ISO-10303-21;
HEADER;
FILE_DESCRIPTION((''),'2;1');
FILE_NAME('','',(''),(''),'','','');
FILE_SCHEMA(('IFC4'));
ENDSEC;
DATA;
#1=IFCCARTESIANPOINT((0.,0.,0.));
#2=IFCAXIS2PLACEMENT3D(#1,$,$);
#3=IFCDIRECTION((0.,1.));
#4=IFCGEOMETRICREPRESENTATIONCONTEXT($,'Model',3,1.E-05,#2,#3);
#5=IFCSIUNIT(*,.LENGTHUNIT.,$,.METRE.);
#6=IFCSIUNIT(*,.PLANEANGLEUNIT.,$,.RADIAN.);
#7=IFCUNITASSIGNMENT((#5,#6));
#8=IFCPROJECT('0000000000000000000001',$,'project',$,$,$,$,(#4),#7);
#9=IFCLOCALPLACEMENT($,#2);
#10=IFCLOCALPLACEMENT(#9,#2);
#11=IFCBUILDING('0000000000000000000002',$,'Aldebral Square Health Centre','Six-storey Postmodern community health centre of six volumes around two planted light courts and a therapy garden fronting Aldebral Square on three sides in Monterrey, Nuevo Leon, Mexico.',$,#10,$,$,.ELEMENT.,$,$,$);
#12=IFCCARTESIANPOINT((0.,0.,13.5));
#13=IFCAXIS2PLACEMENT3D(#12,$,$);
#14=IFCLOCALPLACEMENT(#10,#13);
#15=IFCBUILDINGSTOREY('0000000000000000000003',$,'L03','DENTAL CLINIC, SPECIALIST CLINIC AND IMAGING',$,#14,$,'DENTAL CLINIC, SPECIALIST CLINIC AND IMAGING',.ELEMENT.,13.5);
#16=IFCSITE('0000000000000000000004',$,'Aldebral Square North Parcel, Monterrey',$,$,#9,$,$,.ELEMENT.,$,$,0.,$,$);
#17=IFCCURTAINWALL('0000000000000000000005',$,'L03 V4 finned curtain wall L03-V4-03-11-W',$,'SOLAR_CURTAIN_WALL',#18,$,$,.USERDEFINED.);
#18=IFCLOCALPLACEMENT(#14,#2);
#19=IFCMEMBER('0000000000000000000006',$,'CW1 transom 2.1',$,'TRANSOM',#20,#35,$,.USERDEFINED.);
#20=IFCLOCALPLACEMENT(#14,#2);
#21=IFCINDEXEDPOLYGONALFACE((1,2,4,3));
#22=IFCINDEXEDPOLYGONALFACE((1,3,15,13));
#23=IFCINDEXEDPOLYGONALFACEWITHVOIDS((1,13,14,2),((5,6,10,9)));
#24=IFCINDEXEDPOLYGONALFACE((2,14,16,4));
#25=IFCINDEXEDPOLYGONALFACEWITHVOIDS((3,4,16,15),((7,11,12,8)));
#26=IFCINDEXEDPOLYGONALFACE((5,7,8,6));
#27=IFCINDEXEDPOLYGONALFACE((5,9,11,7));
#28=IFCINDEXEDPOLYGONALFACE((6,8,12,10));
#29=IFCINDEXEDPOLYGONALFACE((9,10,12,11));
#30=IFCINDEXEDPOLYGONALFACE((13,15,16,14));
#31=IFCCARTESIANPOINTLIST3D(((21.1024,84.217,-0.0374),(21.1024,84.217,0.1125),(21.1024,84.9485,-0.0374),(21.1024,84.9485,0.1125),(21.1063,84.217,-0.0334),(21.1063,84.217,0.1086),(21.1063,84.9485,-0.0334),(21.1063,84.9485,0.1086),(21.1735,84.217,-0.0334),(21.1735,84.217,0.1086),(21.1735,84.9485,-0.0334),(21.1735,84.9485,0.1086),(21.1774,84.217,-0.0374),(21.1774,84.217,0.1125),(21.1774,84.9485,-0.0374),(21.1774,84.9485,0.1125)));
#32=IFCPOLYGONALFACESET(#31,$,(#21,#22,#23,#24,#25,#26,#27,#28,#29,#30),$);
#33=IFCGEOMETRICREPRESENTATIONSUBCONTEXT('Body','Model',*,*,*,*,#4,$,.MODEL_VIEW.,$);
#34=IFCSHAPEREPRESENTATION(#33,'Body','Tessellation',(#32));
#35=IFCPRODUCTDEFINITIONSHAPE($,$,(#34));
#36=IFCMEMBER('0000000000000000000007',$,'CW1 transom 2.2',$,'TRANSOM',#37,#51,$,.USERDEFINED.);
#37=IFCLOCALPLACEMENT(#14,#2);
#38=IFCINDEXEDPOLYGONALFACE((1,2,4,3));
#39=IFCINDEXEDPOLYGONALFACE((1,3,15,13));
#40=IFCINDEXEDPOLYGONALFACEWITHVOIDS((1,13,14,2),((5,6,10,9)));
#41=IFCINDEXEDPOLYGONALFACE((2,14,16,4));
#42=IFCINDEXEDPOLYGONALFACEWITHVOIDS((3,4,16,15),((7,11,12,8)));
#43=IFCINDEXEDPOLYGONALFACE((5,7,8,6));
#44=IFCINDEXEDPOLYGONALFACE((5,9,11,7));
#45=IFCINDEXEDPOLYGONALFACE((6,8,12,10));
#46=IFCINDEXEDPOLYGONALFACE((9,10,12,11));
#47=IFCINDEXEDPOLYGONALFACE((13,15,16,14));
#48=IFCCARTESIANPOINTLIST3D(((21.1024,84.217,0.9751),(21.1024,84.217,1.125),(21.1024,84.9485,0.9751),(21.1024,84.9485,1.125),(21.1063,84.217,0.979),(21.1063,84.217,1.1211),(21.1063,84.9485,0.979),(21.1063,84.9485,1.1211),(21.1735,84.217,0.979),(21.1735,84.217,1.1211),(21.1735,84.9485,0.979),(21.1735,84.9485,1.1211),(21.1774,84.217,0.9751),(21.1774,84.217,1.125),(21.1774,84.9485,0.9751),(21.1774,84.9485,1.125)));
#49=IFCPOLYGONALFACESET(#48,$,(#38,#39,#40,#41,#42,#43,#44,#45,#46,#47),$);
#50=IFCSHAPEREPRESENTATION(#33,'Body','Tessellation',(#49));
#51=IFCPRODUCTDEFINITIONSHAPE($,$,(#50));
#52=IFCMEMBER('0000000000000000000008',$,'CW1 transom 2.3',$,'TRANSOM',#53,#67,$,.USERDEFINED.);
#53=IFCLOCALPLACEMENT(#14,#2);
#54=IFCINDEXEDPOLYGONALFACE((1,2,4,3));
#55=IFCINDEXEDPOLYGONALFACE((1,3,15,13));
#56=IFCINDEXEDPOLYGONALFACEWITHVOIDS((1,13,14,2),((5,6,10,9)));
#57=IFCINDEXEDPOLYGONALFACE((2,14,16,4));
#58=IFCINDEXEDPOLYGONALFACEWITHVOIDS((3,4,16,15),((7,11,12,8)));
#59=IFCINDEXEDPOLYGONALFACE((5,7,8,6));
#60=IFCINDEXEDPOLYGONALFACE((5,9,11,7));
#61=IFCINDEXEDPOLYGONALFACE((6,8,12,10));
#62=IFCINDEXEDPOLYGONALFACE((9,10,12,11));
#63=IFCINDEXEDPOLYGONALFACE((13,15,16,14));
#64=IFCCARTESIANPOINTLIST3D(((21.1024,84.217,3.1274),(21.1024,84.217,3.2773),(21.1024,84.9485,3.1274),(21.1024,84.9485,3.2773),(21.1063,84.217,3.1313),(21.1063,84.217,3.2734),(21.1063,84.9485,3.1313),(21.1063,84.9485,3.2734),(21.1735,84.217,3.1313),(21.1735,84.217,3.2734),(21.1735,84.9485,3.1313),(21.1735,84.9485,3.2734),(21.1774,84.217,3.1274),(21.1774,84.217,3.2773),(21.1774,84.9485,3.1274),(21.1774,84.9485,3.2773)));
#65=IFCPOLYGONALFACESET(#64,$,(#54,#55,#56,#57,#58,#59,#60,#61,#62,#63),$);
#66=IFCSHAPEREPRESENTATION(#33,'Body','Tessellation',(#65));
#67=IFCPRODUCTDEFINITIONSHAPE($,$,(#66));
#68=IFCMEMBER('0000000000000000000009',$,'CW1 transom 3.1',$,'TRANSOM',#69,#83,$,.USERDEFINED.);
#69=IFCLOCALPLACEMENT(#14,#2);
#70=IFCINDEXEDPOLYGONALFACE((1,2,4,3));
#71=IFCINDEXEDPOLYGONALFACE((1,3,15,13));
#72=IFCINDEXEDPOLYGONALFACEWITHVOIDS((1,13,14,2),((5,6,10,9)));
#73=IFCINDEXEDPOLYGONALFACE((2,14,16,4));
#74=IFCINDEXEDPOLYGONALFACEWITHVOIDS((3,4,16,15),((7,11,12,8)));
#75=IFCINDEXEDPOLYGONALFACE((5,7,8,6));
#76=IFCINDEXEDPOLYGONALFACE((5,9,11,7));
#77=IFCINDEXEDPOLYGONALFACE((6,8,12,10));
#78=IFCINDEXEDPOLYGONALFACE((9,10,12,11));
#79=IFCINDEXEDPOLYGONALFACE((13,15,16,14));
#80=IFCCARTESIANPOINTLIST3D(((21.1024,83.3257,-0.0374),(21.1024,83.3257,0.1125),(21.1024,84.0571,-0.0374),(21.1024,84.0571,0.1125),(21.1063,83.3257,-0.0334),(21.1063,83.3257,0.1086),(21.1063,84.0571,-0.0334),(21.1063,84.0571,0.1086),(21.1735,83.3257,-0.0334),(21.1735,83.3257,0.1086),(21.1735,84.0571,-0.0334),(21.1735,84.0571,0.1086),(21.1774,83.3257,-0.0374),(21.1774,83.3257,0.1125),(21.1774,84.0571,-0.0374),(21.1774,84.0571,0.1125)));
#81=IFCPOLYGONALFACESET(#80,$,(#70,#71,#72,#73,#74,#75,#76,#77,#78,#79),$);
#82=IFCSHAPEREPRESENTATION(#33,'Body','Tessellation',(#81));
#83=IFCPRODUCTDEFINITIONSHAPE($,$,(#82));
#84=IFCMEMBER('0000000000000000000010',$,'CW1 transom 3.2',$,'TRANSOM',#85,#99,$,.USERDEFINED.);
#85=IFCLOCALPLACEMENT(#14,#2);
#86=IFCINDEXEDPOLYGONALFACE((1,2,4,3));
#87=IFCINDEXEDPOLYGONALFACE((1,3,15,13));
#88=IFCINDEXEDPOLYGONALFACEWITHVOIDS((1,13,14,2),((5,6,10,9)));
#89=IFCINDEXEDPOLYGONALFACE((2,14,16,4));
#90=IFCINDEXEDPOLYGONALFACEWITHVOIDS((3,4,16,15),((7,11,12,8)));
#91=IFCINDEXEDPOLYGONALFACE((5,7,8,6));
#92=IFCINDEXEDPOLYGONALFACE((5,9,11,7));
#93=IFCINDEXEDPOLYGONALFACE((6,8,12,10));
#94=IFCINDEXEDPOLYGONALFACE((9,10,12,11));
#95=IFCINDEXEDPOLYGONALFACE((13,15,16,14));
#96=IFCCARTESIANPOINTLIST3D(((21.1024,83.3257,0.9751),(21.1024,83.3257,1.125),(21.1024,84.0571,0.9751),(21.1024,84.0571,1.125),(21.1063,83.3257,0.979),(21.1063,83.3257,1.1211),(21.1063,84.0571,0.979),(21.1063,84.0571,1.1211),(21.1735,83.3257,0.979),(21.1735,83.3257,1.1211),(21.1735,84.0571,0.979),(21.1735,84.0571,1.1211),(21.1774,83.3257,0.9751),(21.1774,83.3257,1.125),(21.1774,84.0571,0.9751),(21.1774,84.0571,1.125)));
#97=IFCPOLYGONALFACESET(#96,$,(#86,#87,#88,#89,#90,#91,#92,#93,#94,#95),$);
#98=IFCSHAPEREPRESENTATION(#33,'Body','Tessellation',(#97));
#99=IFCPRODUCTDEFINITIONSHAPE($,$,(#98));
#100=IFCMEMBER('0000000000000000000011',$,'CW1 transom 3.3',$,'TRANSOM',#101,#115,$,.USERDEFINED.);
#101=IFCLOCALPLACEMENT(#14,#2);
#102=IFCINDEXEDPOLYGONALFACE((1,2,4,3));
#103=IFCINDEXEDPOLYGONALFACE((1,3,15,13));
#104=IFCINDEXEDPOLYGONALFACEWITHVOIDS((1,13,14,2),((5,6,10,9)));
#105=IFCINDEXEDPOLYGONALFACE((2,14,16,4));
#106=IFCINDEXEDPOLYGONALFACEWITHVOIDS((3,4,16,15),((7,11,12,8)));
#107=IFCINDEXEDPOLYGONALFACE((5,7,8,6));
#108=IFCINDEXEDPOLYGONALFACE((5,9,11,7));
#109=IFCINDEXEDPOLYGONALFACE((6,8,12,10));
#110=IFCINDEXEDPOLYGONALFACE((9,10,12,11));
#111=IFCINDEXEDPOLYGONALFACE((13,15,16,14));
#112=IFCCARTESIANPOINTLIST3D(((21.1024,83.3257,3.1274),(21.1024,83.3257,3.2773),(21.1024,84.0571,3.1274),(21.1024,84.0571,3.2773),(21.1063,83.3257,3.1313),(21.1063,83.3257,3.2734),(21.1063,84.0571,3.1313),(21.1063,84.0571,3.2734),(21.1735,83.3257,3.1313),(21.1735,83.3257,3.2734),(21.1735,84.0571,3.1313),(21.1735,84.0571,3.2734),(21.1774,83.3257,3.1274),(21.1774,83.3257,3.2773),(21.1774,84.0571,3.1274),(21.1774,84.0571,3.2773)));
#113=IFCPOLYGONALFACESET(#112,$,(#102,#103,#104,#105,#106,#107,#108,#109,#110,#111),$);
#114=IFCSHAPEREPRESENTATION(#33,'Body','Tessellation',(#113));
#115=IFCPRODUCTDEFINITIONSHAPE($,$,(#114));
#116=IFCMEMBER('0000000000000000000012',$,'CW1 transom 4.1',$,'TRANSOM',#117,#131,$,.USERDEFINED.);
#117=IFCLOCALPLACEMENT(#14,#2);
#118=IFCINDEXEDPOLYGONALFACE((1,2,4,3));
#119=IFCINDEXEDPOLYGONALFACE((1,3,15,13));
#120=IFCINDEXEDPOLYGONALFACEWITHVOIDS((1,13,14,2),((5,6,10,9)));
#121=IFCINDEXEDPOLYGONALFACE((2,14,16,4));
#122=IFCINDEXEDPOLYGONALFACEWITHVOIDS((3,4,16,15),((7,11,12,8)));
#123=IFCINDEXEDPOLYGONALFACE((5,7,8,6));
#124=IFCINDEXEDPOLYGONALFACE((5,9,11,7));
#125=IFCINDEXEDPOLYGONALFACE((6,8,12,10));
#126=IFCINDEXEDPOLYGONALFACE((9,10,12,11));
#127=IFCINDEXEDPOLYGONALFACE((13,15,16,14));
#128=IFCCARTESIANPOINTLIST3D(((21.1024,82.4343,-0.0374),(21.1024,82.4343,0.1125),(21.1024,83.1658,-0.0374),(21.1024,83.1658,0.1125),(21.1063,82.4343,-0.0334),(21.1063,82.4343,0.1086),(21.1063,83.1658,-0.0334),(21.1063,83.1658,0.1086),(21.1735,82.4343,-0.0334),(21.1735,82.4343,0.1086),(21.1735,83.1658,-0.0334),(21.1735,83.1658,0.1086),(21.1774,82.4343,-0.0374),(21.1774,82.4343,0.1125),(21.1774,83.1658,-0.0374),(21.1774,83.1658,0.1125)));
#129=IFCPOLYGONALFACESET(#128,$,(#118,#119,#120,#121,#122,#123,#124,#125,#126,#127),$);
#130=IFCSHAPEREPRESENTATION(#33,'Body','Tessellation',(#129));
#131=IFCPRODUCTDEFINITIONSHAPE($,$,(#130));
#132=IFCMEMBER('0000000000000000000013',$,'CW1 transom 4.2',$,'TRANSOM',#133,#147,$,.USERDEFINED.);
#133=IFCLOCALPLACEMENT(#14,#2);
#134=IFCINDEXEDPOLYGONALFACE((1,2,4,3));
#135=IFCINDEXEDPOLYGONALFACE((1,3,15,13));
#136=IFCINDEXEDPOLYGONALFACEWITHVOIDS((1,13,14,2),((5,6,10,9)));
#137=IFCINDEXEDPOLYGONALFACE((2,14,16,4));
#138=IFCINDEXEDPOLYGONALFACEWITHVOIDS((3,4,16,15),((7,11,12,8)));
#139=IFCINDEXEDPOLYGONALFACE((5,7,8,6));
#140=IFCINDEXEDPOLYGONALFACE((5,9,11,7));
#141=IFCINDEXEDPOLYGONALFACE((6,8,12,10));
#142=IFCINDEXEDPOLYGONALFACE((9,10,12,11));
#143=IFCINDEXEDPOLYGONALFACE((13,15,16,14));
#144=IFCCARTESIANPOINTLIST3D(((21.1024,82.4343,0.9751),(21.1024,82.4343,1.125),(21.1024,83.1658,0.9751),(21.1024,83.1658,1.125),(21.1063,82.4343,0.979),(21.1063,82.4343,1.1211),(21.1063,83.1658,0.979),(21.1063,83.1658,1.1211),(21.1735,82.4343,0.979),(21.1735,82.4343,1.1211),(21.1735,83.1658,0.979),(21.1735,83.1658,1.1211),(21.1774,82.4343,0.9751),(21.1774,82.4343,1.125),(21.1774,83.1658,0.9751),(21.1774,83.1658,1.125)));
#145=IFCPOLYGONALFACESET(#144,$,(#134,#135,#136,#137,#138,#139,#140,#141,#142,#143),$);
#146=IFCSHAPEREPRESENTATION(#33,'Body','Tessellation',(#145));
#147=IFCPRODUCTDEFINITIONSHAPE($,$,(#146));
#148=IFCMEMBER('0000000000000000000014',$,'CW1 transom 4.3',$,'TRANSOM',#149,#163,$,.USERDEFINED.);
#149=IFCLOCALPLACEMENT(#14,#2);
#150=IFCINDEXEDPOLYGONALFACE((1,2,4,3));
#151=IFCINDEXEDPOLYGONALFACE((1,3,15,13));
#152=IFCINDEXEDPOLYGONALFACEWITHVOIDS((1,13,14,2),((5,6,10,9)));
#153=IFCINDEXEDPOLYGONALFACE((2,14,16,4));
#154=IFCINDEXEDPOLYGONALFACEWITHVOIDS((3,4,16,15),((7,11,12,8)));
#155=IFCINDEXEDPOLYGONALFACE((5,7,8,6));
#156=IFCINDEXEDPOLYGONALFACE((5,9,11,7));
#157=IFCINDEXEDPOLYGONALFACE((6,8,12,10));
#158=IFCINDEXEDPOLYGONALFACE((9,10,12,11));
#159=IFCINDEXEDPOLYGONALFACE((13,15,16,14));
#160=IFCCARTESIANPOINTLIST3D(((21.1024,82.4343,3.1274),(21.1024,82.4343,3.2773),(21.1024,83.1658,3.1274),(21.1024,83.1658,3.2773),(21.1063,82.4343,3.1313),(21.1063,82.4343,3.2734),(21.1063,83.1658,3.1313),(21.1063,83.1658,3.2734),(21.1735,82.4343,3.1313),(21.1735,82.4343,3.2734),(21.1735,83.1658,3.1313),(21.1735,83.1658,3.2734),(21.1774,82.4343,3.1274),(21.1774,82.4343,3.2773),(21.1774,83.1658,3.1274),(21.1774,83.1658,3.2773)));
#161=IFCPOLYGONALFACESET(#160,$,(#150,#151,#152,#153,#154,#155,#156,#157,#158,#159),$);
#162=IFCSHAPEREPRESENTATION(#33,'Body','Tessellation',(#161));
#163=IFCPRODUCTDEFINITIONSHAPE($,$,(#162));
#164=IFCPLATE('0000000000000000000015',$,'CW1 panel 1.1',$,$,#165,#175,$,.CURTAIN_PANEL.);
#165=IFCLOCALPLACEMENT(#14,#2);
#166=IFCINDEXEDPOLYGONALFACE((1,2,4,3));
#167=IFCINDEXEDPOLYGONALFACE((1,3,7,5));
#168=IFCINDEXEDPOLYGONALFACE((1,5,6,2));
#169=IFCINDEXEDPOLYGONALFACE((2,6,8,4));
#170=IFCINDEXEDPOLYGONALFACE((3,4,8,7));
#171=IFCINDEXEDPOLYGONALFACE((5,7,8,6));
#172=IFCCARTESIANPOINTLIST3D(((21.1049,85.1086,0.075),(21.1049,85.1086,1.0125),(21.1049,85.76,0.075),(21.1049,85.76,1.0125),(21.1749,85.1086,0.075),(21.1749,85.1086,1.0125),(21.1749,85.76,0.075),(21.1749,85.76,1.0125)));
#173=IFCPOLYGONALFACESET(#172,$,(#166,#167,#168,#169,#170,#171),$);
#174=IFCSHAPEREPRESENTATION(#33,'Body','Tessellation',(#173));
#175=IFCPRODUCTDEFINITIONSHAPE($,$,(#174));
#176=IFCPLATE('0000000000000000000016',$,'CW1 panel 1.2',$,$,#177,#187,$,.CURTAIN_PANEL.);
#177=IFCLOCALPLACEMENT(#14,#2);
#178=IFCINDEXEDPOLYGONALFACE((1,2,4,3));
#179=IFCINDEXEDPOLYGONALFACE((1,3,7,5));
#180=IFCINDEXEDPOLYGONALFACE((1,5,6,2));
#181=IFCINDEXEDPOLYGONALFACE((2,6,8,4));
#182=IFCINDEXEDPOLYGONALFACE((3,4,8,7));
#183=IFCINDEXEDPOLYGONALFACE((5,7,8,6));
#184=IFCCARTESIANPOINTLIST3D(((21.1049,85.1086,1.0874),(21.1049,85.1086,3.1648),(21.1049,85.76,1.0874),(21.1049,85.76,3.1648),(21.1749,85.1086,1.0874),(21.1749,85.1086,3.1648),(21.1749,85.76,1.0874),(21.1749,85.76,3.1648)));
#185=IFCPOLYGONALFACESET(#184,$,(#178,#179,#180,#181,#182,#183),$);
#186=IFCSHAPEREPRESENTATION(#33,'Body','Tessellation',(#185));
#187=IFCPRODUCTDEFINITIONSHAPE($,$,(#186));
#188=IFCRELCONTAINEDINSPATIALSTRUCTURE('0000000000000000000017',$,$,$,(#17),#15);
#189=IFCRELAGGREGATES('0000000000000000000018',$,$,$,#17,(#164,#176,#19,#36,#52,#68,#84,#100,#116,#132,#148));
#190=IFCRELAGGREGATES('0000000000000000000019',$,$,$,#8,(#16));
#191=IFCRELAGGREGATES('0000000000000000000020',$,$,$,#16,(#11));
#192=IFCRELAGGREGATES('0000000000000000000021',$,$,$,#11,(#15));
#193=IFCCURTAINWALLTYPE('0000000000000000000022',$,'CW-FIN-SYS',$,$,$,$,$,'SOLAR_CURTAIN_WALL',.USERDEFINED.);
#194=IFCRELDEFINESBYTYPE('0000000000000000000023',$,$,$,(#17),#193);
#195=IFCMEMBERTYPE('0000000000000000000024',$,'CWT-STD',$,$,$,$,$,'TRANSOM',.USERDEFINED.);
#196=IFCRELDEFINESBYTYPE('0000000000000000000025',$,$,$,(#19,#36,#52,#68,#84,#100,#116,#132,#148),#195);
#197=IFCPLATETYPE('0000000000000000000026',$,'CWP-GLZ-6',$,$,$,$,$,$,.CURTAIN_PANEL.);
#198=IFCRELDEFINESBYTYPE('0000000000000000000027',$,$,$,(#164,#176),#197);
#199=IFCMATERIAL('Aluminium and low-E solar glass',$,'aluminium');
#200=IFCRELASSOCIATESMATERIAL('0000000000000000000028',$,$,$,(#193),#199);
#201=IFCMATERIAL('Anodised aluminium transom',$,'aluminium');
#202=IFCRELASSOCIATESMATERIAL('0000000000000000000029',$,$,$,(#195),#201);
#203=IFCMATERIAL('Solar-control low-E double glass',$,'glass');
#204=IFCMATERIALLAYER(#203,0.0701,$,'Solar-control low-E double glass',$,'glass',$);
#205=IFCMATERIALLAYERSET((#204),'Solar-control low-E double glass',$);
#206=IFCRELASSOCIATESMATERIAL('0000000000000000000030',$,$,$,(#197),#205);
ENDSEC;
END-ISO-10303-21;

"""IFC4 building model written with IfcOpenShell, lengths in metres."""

from ifc_helpers import new_model, si_unit, direction, frame, origin, origin_2d, place, context, subcontext, project, spatial, rectangle, hollow_rectangle, extrude, material, layer, layer_set, material_profile, profile_set, type_object, element, aggregate, save


model = new_model("IFC4")

# Units and contexts
model_context = context("Model", 3, precision=1e-05, world=origin(), true_north=direction((0.0, 1.0)))
body_context = subcontext(model_context, "Body", "Model", "MODEL_VIEW")
ifc_project = project(units=[si_unit("LENGTHUNIT", "METRE"), si_unit("PLANEANGLEUNIT", "RADIAN")], contexts=[model_context])

# Site, building, storey
site_placement = place(None, origin())
site = spatial("IfcSite", under=ifc_project, at=site_placement, Name="Aldebral Square North Parcel, Monterrey", CompositionType="ELEMENT", RefElevation=0.0)
building_placement = place(site_placement, origin())
building = spatial("IfcBuilding", under=site, at=building_placement, Name="Aldebral Square Health Centre", Description="Six-storey Postmodern community health centre of six volumes around two planted light courts and a therapy garden fronting Aldebral Square on three sides in Monterrey, Nuevo Leon, Mexico.", CompositionType="ELEMENT")
storey_placement = place(building_placement, frame((0.0, 0.0, 13.5)))
storey = spatial("IfcBuildingStorey", under=building, at=storey_placement, Name="L03", Description="DENTAL CLINIC, SPECIALIST CLINIC AND IMAGING", LongName="DENTAL CLINIC, SPECIALIST CLINIC AND IMAGING", CompositionType="ELEMENT", Elevation=13.5)

# Curtain wall
ifc_material_1 = material(Name="Aluminium and low-E solar glass", Category="aluminium")
curtain_wall_type = type_object("IfcCurtainWallType", Name="CW-FIN-SYS", ElementType="SOLAR_CURTAIN_WALL", PredefinedType="USERDEFINED", material=ifc_material_1)
curtain_wall_1_placement = place(storey_placement, origin())
curtain_wall_1 = element("IfcCurtainWall", 1, at=curtain_wall_1_placement, inside=storey, type_object=curtain_wall_type, Name="L03 V4 finned curtain wall L03-V4-03-11-W", ObjectType="SOLAR_CURTAIN_WALL", PredefinedType="USERDEFINED")

# Members
ifc_material_2 = material(Name="Anodised aluminium transom", Category="aluminium")
ifc_material_profile_1 = material_profile(ifc_material_2, hollow_rectangle(XDim=0.075, YDim=0.1499, WallThickness=0.0039, at=origin_2d()), Name="CWT 75x150x4")
ifc_profile_set_1 = profile_set([ifc_material_profile_1], Name="Anodised aluminium transom")
member_type_1 = type_object("IfcMemberType", Name="CWT-STD", ElementType="TRANSOM", PredefinedType="USERDEFINED", material=ifc_profile_set_1)
member_1_placement = place(storey_placement, frame((21.1399, 84.9485, 0.0376), z_axis=(0.0, -1.0, 0.0), x_axis=(1.0, 0.0, 0.0)))
member_1 = element("IfcMember", 2, at=member_1_placement, type_object=member_type_1, Name="CW1 transom 2.1", ObjectType="TRANSOM", PredefinedType="USERDEFINED", context=body_context, shape_type="SweptSolid", body=[
    extrude(hollow_rectangle(XDim=0.075, YDim=0.1499, WallThickness=0.0039, at=origin_2d()), origin(), (0.0, 0.0, 1.0), 0.7314),
])
member_2_placement = place(storey_placement, frame((21.1399, 84.9485, 1.05), z_axis=(0.0, -1.0, 0.0), x_axis=(1.0, 0.0, 0.0)))
member_2 = element("IfcMember", 3, at=member_2_placement, type_object=member_type_1, Name="CW1 transom 2.2", ObjectType="TRANSOM", PredefinedType="USERDEFINED", context=body_context, shape_type="SweptSolid", body=[
    extrude(hollow_rectangle(XDim=0.075, YDim=0.1499, WallThickness=0.0039, at=origin_2d()), origin(), (0.0, 0.0, 1.0), 0.7314),
])
member_3_placement = place(storey_placement, frame((21.1399, 84.9485, 3.2024), z_axis=(0.0, -1.0, 0.0), x_axis=(1.0, 0.0, 0.0)))
member_3 = element("IfcMember", 4, at=member_3_placement, type_object=member_type_1, Name="CW1 transom 2.3", ObjectType="TRANSOM", PredefinedType="USERDEFINED", context=body_context, shape_type="SweptSolid", body=[
    extrude(hollow_rectangle(XDim=0.075, YDim=0.1499, WallThickness=0.0039, at=origin_2d()), origin(), (0.0, 0.0, 1.0), 0.7314),
])
member_4_placement = place(storey_placement, frame((21.1399, 84.0571, 0.0376), z_axis=(0.0, -1.0, 0.0), x_axis=(1.0, 0.0, 0.0)))
member_4 = element("IfcMember", 5, at=member_4_placement, type_object=member_type_1, Name="CW1 transom 3.1", ObjectType="TRANSOM", PredefinedType="USERDEFINED", context=body_context, shape_type="SweptSolid", body=[
    extrude(hollow_rectangle(XDim=0.075, YDim=0.1499, WallThickness=0.0039, at=origin_2d()), origin(), (0.0, 0.0, 1.0), 0.7314),
])
member_5_placement = place(storey_placement, frame((21.1399, 84.0571, 1.05), z_axis=(0.0, -1.0, 0.0), x_axis=(1.0, 0.0, 0.0)))
member_5 = element("IfcMember", 6, at=member_5_placement, type_object=member_type_1, Name="CW1 transom 3.2", ObjectType="TRANSOM", PredefinedType="USERDEFINED", context=body_context, shape_type="SweptSolid", body=[
    extrude(hollow_rectangle(XDim=0.075, YDim=0.1499, WallThickness=0.0039, at=origin_2d()), origin(), (0.0, 0.0, 1.0), 0.7314),
])
member_6_placement = place(storey_placement, frame((21.1399, 84.0571, 3.2024), z_axis=(0.0, -1.0, 0.0), x_axis=(1.0, 0.0, 0.0)))
member_6 = element("IfcMember", 7, at=member_6_placement, type_object=member_type_1, Name="CW1 transom 3.3", ObjectType="TRANSOM", PredefinedType="USERDEFINED", context=body_context, shape_type="SweptSolid", body=[
    extrude(hollow_rectangle(XDim=0.075, YDim=0.1499, WallThickness=0.0039, at=origin_2d()), origin(), (0.0, 0.0, 1.0), 0.7314),
])
member_7_placement = place(storey_placement, frame((21.1399, 83.1658, 0.0376), z_axis=(0.0, -1.0, 0.0), x_axis=(1.0, 0.0, 0.0)))
member_7 = element("IfcMember", 8, at=member_7_placement, type_object=member_type_1, Name="CW1 transom 4.1", ObjectType="TRANSOM", PredefinedType="USERDEFINED", context=body_context, shape_type="SweptSolid", body=[
    extrude(hollow_rectangle(XDim=0.075, YDim=0.1499, WallThickness=0.0039, at=origin_2d()), origin(), (0.0, 0.0, 1.0), 0.7314),
])
member_8_placement = place(storey_placement, frame((21.1399, 83.1658, 1.05), z_axis=(0.0, -1.0, 0.0), x_axis=(1.0, 0.0, 0.0)))
member_8 = element("IfcMember", 9, at=member_8_placement, type_object=member_type_1, Name="CW1 transom 4.2", ObjectType="TRANSOM", PredefinedType="USERDEFINED", context=body_context, shape_type="SweptSolid", body=[
    extrude(hollow_rectangle(XDim=0.075, YDim=0.1499, WallThickness=0.0039, at=origin_2d()), origin(), (0.0, 0.0, 1.0), 0.7314),
])
member_9_placement = place(storey_placement, frame((21.1399, 83.1658, 3.2024), z_axis=(0.0, -1.0, 0.0), x_axis=(1.0, 0.0, 0.0)))
member_9 = element("IfcMember", 10, at=member_9_placement, type_object=member_type_1, Name="CW1 transom 4.3", ObjectType="TRANSOM", PredefinedType="USERDEFINED", context=body_context, shape_type="SweptSolid", body=[
    extrude(hollow_rectangle(XDim=0.075, YDim=0.1499, WallThickness=0.0039, at=origin_2d()), origin(), (0.0, 0.0, 1.0), 0.7314),
])

# Plates
ifc_material_3 = material(Name="Solar-control low-E double glass", Category="glass")
ifc_layer_1 = layer(ifc_material_3, 0.0701, Name="Solar-control low-E double glass", Category="glass")
ifc_layer_set_1 = layer_set([ifc_layer_1], Name="Solar-control low-E double glass")
plate_type = type_object("IfcPlateType", Name="CWP-GLZ-6", PredefinedType="CURTAIN_PANEL", material=ifc_layer_set_1)
plate_1_placement = place(storey_placement, frame((21.1399, 85.4343, 0.075), z_axis=(0.0, 0.0, 1.0), x_axis=(0.0, -1.0, 0.0)))
plate_1 = element("IfcPlate", 11, at=plate_1_placement, type_object=plate_type, Name="CW1 panel 1.1", PredefinedType="CURTAIN_PANEL", context=body_context, shape_type="SweptSolid", body=[
    extrude(rectangle(XDim=0.6514, YDim=0.0701, at=origin_2d()), origin(), (0.0, 0.0, 1.0), 0.9375),
])
plate_2_placement = place(storey_placement, frame((21.1399, 85.4343, 1.0874), z_axis=(0.0, 0.0, 1.0), x_axis=(0.0, -1.0, 0.0)))
plate_2 = element("IfcPlate", 12, at=plate_2_placement, type_object=plate_type, Name="CW1 panel 1.2", PredefinedType="CURTAIN_PANEL", context=body_context, shape_type="SweptSolid", body=[
    extrude(rectangle(XDim=0.6514, YDim=0.0701, at=origin_2d()), origin(), (0.0, 0.0, 1.0), 2.0774),
])
aggregate(curtain_wall_1, [plate_1, plate_2, member_1, member_2, member_3, member_4, member_5, member_6, member_7, member_8, member_9])

save(model, "model.ifc")
